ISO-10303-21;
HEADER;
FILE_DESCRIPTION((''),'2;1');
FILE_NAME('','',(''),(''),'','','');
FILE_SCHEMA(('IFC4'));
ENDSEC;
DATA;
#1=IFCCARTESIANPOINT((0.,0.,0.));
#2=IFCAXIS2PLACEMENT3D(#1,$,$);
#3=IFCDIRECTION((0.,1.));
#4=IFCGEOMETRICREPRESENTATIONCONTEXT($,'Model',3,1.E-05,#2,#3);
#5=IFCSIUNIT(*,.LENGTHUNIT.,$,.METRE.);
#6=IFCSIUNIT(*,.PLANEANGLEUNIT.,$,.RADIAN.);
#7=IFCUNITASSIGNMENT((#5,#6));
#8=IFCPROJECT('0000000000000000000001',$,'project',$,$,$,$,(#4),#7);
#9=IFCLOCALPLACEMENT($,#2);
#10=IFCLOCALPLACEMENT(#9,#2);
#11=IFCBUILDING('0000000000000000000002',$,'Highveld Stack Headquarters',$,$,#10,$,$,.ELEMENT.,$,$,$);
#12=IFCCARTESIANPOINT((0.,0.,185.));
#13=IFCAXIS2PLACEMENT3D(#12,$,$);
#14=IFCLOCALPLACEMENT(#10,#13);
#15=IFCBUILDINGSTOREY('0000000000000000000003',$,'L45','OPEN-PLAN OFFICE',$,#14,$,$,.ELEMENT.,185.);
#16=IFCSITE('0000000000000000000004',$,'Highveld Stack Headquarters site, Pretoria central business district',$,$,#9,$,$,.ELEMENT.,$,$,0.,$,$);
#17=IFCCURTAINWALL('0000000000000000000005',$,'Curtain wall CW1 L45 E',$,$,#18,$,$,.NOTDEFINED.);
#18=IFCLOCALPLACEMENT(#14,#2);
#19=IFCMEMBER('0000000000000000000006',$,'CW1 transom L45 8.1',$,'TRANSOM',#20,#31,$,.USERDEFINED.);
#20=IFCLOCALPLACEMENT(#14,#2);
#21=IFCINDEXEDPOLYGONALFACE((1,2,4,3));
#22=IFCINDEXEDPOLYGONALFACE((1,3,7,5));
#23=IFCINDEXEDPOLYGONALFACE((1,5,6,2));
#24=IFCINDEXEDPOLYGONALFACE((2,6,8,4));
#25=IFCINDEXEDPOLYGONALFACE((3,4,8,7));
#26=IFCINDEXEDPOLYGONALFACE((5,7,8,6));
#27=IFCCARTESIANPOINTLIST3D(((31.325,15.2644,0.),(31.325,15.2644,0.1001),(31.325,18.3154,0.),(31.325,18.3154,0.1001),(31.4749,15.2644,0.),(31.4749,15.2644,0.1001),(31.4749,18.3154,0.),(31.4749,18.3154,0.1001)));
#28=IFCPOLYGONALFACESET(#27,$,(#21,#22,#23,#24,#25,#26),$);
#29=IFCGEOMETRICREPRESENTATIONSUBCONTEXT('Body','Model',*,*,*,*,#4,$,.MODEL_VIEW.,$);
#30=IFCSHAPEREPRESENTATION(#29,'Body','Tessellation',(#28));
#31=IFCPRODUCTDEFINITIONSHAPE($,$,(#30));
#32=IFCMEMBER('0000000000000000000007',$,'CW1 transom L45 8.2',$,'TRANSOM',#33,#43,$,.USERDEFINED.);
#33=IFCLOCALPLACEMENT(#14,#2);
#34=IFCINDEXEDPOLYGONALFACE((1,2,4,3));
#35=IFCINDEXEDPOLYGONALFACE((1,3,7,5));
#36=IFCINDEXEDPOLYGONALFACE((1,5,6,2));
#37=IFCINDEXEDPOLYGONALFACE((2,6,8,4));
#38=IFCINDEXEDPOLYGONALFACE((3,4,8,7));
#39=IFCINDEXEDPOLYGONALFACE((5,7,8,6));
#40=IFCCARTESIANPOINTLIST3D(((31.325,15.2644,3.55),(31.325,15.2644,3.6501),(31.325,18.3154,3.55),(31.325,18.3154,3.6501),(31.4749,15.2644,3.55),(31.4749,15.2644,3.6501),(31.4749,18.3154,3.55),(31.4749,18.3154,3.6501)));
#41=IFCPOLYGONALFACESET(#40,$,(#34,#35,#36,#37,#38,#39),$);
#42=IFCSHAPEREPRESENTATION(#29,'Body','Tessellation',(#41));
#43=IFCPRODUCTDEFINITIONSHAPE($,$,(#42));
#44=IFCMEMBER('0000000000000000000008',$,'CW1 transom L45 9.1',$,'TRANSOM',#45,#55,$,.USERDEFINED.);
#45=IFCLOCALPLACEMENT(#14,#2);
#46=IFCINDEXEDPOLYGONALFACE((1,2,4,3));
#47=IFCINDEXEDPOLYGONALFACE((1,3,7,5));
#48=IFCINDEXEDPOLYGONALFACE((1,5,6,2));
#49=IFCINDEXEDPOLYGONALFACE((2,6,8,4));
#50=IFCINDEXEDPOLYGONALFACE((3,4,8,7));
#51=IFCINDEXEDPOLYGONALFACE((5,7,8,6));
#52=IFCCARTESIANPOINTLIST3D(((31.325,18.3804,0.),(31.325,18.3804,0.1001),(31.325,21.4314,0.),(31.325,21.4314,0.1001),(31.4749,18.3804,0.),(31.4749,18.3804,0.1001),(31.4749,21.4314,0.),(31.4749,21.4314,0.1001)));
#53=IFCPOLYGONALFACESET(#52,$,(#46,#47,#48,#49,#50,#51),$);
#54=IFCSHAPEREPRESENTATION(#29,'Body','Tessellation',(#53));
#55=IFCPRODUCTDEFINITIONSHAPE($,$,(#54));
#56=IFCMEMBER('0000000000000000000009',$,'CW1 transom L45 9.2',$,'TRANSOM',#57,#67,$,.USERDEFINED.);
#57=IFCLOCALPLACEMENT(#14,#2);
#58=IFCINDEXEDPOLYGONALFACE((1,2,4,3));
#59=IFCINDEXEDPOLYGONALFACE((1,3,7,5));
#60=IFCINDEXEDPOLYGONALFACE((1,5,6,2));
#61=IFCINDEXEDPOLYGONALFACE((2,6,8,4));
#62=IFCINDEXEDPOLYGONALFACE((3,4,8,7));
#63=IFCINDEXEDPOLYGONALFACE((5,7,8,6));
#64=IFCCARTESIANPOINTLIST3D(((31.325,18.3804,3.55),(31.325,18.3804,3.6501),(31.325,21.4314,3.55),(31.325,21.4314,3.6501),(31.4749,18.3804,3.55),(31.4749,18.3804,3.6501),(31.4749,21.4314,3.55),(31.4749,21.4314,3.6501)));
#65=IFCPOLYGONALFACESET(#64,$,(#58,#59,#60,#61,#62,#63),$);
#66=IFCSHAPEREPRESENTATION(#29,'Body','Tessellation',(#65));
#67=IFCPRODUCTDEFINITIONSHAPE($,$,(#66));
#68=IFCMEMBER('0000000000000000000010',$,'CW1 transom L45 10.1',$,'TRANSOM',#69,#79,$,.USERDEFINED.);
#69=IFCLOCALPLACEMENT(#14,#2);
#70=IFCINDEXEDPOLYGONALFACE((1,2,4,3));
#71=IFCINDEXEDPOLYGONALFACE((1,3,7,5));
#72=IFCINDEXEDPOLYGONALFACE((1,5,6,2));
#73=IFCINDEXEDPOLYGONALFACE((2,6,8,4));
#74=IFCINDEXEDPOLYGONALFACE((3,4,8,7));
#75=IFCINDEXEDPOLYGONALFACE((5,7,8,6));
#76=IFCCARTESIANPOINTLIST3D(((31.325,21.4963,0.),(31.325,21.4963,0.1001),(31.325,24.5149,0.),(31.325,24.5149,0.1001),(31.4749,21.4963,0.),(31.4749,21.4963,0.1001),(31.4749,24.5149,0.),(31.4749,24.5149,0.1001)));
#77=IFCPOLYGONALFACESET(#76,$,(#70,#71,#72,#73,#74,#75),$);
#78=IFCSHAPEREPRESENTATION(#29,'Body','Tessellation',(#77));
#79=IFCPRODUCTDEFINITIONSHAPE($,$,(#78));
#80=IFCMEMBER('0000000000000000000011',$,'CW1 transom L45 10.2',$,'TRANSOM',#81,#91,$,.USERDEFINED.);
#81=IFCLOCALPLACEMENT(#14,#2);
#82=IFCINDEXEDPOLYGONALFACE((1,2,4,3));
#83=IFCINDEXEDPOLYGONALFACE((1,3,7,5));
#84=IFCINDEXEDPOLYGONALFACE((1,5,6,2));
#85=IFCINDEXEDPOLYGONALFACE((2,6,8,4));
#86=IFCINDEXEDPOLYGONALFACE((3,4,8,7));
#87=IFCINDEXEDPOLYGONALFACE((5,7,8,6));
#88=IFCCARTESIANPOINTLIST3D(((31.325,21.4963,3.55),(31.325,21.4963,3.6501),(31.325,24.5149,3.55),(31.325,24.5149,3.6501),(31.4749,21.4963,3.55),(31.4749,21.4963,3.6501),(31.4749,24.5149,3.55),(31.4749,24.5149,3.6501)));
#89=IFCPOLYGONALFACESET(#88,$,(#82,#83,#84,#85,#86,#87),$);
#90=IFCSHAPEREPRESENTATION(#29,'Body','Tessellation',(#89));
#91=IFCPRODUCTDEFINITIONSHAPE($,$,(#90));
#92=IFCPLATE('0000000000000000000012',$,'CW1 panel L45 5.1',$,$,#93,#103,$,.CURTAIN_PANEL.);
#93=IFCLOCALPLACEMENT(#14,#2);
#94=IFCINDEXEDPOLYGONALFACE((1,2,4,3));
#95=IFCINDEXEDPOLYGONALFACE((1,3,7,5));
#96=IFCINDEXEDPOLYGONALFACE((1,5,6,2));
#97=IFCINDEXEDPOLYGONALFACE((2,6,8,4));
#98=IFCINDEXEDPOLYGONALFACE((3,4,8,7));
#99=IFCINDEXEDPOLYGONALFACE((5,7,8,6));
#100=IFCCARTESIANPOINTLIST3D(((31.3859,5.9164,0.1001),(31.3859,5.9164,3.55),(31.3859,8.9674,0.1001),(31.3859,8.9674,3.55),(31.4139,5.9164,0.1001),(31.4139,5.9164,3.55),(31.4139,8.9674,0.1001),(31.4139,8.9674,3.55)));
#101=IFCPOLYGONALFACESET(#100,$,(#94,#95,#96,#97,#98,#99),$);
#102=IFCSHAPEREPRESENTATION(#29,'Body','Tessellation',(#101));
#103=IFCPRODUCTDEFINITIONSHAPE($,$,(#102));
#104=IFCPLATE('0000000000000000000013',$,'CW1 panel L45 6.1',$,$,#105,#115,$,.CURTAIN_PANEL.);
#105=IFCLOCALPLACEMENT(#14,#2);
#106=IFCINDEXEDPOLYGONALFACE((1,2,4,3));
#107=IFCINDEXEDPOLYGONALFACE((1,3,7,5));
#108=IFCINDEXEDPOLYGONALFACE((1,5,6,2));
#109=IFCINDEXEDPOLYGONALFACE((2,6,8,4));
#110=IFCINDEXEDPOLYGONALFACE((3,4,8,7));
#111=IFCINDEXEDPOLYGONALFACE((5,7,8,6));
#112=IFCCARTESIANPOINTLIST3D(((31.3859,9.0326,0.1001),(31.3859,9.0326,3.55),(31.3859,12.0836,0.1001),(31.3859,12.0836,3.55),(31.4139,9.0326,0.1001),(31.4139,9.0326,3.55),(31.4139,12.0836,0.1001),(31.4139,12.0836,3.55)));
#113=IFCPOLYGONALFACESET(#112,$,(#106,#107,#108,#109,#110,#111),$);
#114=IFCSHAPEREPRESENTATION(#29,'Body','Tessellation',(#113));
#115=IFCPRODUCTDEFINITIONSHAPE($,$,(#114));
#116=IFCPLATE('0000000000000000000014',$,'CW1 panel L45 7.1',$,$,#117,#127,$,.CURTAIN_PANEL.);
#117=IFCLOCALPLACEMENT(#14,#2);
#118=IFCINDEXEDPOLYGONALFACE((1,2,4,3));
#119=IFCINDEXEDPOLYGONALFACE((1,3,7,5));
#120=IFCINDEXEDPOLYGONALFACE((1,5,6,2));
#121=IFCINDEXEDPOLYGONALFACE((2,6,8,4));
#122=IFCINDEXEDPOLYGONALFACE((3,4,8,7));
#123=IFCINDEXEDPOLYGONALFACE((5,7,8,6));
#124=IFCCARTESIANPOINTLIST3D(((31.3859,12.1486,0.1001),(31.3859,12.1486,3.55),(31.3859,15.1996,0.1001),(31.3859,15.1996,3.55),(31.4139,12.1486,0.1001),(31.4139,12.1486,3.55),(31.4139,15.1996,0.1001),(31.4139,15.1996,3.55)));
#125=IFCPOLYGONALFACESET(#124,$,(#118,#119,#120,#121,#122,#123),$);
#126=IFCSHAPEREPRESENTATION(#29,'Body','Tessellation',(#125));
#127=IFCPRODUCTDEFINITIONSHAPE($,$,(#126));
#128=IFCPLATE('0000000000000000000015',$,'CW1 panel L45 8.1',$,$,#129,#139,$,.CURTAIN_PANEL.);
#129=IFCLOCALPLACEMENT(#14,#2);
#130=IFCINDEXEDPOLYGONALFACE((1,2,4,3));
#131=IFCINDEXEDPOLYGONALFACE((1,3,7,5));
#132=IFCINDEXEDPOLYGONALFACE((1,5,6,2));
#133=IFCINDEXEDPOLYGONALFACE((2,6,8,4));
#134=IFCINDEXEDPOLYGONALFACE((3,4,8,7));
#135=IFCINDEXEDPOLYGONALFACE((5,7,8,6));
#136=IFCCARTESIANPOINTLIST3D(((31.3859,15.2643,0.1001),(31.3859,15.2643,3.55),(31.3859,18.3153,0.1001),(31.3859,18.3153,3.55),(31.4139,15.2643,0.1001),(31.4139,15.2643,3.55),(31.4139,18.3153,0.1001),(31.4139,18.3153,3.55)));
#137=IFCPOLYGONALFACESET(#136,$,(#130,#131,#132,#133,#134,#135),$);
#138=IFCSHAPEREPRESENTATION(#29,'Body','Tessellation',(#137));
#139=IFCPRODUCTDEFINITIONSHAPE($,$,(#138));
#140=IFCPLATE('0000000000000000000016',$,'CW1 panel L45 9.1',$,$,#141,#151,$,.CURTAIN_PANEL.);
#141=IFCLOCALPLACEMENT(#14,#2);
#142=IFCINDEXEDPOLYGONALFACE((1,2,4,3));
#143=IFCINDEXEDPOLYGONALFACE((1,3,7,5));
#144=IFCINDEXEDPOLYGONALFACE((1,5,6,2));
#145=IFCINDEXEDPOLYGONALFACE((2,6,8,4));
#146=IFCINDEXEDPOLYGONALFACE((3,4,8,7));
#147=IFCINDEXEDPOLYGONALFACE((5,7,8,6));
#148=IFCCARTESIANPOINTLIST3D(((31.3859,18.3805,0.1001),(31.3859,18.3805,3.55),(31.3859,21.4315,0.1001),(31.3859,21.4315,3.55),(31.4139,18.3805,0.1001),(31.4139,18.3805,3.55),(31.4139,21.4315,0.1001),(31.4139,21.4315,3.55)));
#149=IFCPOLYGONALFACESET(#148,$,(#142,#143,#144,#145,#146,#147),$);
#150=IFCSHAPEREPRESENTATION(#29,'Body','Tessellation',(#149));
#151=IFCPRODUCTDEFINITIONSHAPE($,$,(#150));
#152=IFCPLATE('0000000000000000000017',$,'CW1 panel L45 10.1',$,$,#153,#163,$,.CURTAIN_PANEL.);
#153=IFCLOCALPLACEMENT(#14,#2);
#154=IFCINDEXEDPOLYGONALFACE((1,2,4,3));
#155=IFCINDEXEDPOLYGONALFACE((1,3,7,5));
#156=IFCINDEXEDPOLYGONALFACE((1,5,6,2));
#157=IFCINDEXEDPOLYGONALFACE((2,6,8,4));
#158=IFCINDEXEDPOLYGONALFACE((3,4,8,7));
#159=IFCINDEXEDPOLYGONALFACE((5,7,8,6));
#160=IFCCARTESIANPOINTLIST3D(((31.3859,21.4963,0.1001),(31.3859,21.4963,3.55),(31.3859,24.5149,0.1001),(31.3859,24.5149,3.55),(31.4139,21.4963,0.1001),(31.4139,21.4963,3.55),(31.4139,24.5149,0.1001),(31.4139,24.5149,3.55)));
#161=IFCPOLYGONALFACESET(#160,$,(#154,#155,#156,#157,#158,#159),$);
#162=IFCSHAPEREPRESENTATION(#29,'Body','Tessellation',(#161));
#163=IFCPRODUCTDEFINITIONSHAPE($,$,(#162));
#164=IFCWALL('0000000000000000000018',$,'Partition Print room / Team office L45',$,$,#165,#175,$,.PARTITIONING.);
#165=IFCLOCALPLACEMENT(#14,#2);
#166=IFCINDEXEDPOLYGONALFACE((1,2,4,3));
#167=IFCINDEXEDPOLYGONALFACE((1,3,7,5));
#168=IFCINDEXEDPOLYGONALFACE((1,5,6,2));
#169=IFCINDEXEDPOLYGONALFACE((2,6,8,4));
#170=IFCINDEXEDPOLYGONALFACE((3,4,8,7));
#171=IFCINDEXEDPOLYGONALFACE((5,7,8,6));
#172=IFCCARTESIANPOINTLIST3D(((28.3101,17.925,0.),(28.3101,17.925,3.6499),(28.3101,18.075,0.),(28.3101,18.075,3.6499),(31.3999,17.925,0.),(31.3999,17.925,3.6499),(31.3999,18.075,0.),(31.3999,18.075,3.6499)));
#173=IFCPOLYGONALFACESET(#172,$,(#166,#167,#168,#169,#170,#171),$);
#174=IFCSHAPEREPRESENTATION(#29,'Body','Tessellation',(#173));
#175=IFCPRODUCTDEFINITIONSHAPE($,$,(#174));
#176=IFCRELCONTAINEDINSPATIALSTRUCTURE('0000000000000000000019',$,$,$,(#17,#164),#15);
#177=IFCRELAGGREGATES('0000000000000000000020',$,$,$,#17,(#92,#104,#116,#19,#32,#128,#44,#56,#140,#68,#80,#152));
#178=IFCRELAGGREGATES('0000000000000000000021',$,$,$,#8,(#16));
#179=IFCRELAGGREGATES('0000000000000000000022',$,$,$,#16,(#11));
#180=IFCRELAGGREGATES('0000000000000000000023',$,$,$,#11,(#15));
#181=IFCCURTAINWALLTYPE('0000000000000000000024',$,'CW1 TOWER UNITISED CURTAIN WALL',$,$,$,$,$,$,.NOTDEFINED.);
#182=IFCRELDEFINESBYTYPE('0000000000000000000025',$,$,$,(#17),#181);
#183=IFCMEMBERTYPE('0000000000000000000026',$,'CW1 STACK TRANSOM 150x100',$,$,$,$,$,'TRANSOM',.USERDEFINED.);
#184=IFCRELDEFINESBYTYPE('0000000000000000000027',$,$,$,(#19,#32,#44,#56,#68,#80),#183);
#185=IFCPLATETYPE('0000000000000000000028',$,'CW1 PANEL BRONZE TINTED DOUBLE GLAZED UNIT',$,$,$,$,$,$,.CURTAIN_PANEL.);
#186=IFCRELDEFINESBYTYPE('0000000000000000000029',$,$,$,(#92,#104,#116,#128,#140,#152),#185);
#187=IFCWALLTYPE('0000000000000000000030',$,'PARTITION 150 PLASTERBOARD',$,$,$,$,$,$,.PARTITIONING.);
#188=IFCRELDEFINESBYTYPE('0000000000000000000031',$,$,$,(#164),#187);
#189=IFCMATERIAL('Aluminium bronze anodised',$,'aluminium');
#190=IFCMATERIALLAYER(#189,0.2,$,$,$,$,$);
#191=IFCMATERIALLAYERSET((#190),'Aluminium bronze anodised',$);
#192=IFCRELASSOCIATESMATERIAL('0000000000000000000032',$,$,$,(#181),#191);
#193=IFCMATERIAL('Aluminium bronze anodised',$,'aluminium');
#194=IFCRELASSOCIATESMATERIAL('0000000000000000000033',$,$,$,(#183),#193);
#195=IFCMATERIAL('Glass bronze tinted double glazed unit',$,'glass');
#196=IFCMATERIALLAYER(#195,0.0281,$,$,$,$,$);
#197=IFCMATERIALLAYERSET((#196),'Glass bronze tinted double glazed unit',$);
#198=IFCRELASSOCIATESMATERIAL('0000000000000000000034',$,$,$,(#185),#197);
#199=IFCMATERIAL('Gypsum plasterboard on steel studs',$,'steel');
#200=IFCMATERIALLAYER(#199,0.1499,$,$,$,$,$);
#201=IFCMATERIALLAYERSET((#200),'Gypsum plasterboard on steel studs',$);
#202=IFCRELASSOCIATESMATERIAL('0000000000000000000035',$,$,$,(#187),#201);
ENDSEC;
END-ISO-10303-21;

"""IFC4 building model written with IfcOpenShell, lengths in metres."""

from ifc_helpers import new_model, si_unit, direction, frame, frame_2d, origin, origin_2d, place, context, subcontext, project, spatial, rectangle, extrude, material, layer, layer_set, material_profile, profile_set, type_object, element, aggregate, save


model = new_model("IFC4")

# Units and contexts
model_context = context("Model", 3, precision=1e-05, world=origin(), true_north=direction((0.0, 1.0)))
body_context = subcontext(model_context, "Body", "Model", "MODEL_VIEW")
ifc_project = project(units=[si_unit("LENGTHUNIT", "METRE"), si_unit("PLANEANGLEUNIT", "RADIAN")], contexts=[model_context])

# Site, building, storey
site_placement = place(None, origin())
site = spatial("IfcSite", under=ifc_project, at=site_placement, Name="Highveld Stack Headquarters site, Pretoria central business district", CompositionType="ELEMENT", RefElevation=0.0)
building_placement = place(site_placement, origin())
building = spatial("IfcBuilding", under=site, at=building_placement, Name="Highveld Stack Headquarters", CompositionType="ELEMENT")
storey_placement = place(building_placement, frame((0.0, 0.0, 185.0)))
storey = spatial("IfcBuildingStorey", under=building, at=storey_placement, Name="L45", Description="OPEN-PLAN OFFICE", CompositionType="ELEMENT", Elevation=185.0)

# Curtain wall, members, plates
ifc_material_1 = material(Name="Aluminium bronze anodised", Category="aluminium")
ifc_layer_1 = layer(ifc_material_1, 0.2)
ifc_layer_set_1 = layer_set([ifc_layer_1], Name="Aluminium bronze anodised")
curtain_wall_type = type_object("IfcCurtainWallType", Name="CW1 TOWER UNITISED CURTAIN WALL", PredefinedType="NOTDEFINED", material=ifc_layer_set_1)
curtain_wall_placement = place(storey_placement, origin())
curtain_wall = element("IfcCurtainWall", 1, at=curtain_wall_placement, inside=storey, type_object=curtain_wall_type, Name="Curtain wall CW1 L45 E", PredefinedType="NOTDEFINED")
ifc_material_2 = material(Name="Aluminium bronze anodised", Category="aluminium")
ifc_material_profile_1 = material_profile(ifc_material_2, rectangle(XDim=0.1499, YDim=0.1001, at=origin_2d()), Name="CW1 TRANSOM 150x100")
ifc_profile_set_1 = profile_set([ifc_material_profile_1], Name="Aluminium bronze anodised")
member_type_1 = type_object("IfcMemberType", Name="CW1 STACK TRANSOM 150x100", ElementType="TRANSOM", PredefinedType="USERDEFINED", material=ifc_profile_set_1)
member_1_placement = place(storey_placement, frame((31.3999, 15.2644, 0.05), z_axis=(0.0, 1.0, 0.0), x_axis=(-1.0, 0.0, 0.0)))
member_1 = element("IfcMember", 2, at=member_1_placement, type_object=member_type_1, Name="CW1 transom L45 8.1", ObjectType="TRANSOM", PredefinedType="USERDEFINED", context=body_context, shape_type="SweptSolid", body=[
    extrude(rectangle(XDim=0.1499, YDim=0.1001, at=origin_2d()), origin(), (0.0, 0.0, 1.0), 3.051),
])
member_2_placement = place(storey_placement, frame((31.3999, 15.2644, 3.6001), z_axis=(0.0, 1.0, 0.0), x_axis=(-1.0, 0.0, 0.0)))
member_2 = element("IfcMember", 3, at=member_2_placement, type_object=member_type_1, Name="CW1 transom L45 8.2", ObjectType="TRANSOM", PredefinedType="USERDEFINED", context=body_context, shape_type="SweptSolid", body=[
    extrude(rectangle(XDim=0.1499, YDim=0.1001, at=origin_2d()), origin(), (0.0, 0.0, 1.0), 3.051),
])
member_3_placement = place(storey_placement, frame((31.3999, 18.3804, 0.05), z_axis=(0.0, 1.0, 0.0), x_axis=(-1.0, 0.0, 0.0)))
member_3 = element("IfcMember", 4, at=member_3_placement, type_object=member_type_1, Name="CW1 transom L45 9.1", ObjectType="TRANSOM", PredefinedType="USERDEFINED", context=body_context, shape_type="SweptSolid", body=[
    extrude(rectangle(XDim=0.1499, YDim=0.1001, at=origin_2d()), origin(), (0.0, 0.0, 1.0), 3.051),
])
member_4_placement = place(storey_placement, frame((31.3999, 18.3804, 3.6001), z_axis=(0.0, 1.0, 0.0), x_axis=(-1.0, 0.0, 0.0)))
member_4 = element("IfcMember", 5, at=member_4_placement, type_object=member_type_1, Name="CW1 transom L45 9.2", ObjectType="TRANSOM", PredefinedType="USERDEFINED", context=body_context, shape_type="SweptSolid", body=[
    extrude(rectangle(XDim=0.1499, YDim=0.1001, at=origin_2d()), origin(), (0.0, 0.0, 1.0), 3.051),
])
member_5_placement = place(storey_placement, frame((31.3999, 21.4963, 0.05), z_axis=(0.0, 1.0, 0.0), x_axis=(-1.0, 0.0, 0.0)))
member_5 = element("IfcMember", 6, at=member_5_placement, type_object=member_type_1, Name="CW1 transom L45 10.1", ObjectType="TRANSOM", PredefinedType="USERDEFINED", context=body_context, shape_type="SweptSolid", body=[
    extrude(rectangle(XDim=0.1499, YDim=0.1001, at=origin_2d()), origin(), (0.0, 0.0, 1.0), 3.0186),
])
member_6_placement = place(storey_placement, frame((31.3999, 21.4963, 3.6001), z_axis=(0.0, 1.0, 0.0), x_axis=(-1.0, 0.0, 0.0)))
member_6 = element("IfcMember", 7, at=member_6_placement, type_object=member_type_1, Name="CW1 transom L45 10.2", ObjectType="TRANSOM", PredefinedType="USERDEFINED", context=body_context, shape_type="SweptSolid", body=[
    extrude(rectangle(XDim=0.1499, YDim=0.1001, at=origin_2d()), origin(), (0.0, 0.0, 1.0), 3.0186),
])
ifc_material_3 = material(Name="Glass bronze tinted double glazed unit", Category="glass")
ifc_layer_2 = layer(ifc_material_3, 0.0281)
ifc_layer_set_2 = layer_set([ifc_layer_2], Name="Glass bronze tinted double glazed unit")
plate_type = type_object("IfcPlateType", Name="CW1 PANEL BRONZE TINTED DOUBLE GLAZED UNIT", PredefinedType="CURTAIN_PANEL", material=ifc_layer_set_2)
plate_1_placement = place(storey_placement, frame((31.3999, 7.4419, 0.1001), z_axis=(0.0, 0.0, 1.0), x_axis=(0.0, 1.0, 0.0)))
plate_1 = element("IfcPlate", 8, at=plate_1_placement, type_object=plate_type, Name="CW1 panel L45 5.1", PredefinedType="CURTAIN_PANEL", context=body_context, shape_type="SweptSolid", body=[
    extrude(rectangle(XDim=3.051, YDim=0.0281, at=origin_2d()), origin(), (0.0, 0.0, 1.0), 3.45),
])
plate_2_placement = place(storey_placement, frame((31.3999, 10.5581, 0.1001), z_axis=(0.0, 0.0, 1.0), x_axis=(0.0, 1.0, 0.0)))
plate_2 = element("IfcPlate", 9, at=plate_2_placement, type_object=plate_type, Name="CW1 panel L45 6.1", PredefinedType="CURTAIN_PANEL", context=body_context, shape_type="SweptSolid", body=[
    extrude(rectangle(XDim=3.051, YDim=0.0281, at=origin_2d()), origin(), (0.0, 0.0, 1.0), 3.45),
])
plate_3_placement = place(storey_placement, frame((31.3999, 13.6741, 0.1001), z_axis=(0.0, 0.0, 1.0), x_axis=(0.0, 1.0, 0.0)))
plate_3 = element("IfcPlate", 10, at=plate_3_placement, type_object=plate_type, Name="CW1 panel L45 7.1", PredefinedType="CURTAIN_PANEL", context=body_context, shape_type="SweptSolid", body=[
    extrude(rectangle(XDim=3.051, YDim=0.0281, at=origin_2d()), origin(), (0.0, 0.0, 1.0), 3.45),
])
plate_4_placement = place(storey_placement, frame((31.3999, 16.7898, 0.1001), z_axis=(0.0, 0.0, 1.0), x_axis=(0.0, 1.0, 0.0)))
plate_4 = element("IfcPlate", 11, at=plate_4_placement, type_object=plate_type, Name="CW1 panel L45 8.1", PredefinedType="CURTAIN_PANEL", context=body_context, shape_type="SweptSolid", body=[
    extrude(rectangle(XDim=3.051, YDim=0.0281, at=origin_2d()), origin(), (0.0, 0.0, 1.0), 3.45),
])
plate_5_placement = place(storey_placement, frame((31.3999, 19.906, 0.1001), z_axis=(0.0, 0.0, 1.0), x_axis=(0.0, 1.0, 0.0)))
plate_5 = element("IfcPlate", 12, at=plate_5_placement, type_object=plate_type, Name="CW1 panel L45 9.1", PredefinedType="CURTAIN_PANEL", context=body_context, shape_type="SweptSolid", body=[
    extrude(rectangle(XDim=3.051, YDim=0.0281, at=origin_2d()), origin(), (0.0, 0.0, 1.0), 3.45),
])
plate_6_placement = place(storey_placement, frame((31.3999, 23.0056, 0.1001), z_axis=(0.0, 0.0, 1.0), x_axis=(0.0, 1.0, 0.0)))
plate_6 = element("IfcPlate", 13, at=plate_6_placement, type_object=plate_type, Name="CW1 panel L45 10.1", PredefinedType="CURTAIN_PANEL", context=body_context, shape_type="SweptSolid", body=[
    extrude(rectangle(XDim=3.0186, YDim=0.0281, at=origin_2d()), origin(), (0.0, 0.0, 1.0), 3.45),
])
aggregate(curtain_wall, [plate_1, plate_2, plate_3, member_1, member_2, plate_4, member_3, member_4, plate_5, member_5, member_6, plate_6])

# Wall
ifc_material_4 = material(Name="Gypsum plasterboard on steel studs", Category="steel")
ifc_layer_3 = layer(ifc_material_4, 0.1499)
ifc_layer_set_3 = layer_set([ifc_layer_3], Name="Gypsum plasterboard on steel studs")
wall_type = type_object("IfcWallType", Name="PARTITION 150 PLASTERBOARD", PredefinedType="PARTITIONING", material=ifc_layer_set_3)
wall_placement = place(storey_placement, frame((28.3101, 18.0, 0.0), z_axis=(0.0, 0.0, 1.0), x_axis=(1.0, 0.0, 0.0)))
element("IfcWall", 14, at=wall_placement, inside=storey, type_object=wall_type, Name="Partition Print room / Team office L45", PredefinedType="PARTITIONING", context=body_context, shape_type="SweptSolid", body=[
    extrude(rectangle(XDim=3.0898, YDim=0.1499, at=frame_2d((1.5449, 0.0))), origin(), (0.0, 0.0, 1.0), 3.6499),
])

save(model, "model.ifc")
